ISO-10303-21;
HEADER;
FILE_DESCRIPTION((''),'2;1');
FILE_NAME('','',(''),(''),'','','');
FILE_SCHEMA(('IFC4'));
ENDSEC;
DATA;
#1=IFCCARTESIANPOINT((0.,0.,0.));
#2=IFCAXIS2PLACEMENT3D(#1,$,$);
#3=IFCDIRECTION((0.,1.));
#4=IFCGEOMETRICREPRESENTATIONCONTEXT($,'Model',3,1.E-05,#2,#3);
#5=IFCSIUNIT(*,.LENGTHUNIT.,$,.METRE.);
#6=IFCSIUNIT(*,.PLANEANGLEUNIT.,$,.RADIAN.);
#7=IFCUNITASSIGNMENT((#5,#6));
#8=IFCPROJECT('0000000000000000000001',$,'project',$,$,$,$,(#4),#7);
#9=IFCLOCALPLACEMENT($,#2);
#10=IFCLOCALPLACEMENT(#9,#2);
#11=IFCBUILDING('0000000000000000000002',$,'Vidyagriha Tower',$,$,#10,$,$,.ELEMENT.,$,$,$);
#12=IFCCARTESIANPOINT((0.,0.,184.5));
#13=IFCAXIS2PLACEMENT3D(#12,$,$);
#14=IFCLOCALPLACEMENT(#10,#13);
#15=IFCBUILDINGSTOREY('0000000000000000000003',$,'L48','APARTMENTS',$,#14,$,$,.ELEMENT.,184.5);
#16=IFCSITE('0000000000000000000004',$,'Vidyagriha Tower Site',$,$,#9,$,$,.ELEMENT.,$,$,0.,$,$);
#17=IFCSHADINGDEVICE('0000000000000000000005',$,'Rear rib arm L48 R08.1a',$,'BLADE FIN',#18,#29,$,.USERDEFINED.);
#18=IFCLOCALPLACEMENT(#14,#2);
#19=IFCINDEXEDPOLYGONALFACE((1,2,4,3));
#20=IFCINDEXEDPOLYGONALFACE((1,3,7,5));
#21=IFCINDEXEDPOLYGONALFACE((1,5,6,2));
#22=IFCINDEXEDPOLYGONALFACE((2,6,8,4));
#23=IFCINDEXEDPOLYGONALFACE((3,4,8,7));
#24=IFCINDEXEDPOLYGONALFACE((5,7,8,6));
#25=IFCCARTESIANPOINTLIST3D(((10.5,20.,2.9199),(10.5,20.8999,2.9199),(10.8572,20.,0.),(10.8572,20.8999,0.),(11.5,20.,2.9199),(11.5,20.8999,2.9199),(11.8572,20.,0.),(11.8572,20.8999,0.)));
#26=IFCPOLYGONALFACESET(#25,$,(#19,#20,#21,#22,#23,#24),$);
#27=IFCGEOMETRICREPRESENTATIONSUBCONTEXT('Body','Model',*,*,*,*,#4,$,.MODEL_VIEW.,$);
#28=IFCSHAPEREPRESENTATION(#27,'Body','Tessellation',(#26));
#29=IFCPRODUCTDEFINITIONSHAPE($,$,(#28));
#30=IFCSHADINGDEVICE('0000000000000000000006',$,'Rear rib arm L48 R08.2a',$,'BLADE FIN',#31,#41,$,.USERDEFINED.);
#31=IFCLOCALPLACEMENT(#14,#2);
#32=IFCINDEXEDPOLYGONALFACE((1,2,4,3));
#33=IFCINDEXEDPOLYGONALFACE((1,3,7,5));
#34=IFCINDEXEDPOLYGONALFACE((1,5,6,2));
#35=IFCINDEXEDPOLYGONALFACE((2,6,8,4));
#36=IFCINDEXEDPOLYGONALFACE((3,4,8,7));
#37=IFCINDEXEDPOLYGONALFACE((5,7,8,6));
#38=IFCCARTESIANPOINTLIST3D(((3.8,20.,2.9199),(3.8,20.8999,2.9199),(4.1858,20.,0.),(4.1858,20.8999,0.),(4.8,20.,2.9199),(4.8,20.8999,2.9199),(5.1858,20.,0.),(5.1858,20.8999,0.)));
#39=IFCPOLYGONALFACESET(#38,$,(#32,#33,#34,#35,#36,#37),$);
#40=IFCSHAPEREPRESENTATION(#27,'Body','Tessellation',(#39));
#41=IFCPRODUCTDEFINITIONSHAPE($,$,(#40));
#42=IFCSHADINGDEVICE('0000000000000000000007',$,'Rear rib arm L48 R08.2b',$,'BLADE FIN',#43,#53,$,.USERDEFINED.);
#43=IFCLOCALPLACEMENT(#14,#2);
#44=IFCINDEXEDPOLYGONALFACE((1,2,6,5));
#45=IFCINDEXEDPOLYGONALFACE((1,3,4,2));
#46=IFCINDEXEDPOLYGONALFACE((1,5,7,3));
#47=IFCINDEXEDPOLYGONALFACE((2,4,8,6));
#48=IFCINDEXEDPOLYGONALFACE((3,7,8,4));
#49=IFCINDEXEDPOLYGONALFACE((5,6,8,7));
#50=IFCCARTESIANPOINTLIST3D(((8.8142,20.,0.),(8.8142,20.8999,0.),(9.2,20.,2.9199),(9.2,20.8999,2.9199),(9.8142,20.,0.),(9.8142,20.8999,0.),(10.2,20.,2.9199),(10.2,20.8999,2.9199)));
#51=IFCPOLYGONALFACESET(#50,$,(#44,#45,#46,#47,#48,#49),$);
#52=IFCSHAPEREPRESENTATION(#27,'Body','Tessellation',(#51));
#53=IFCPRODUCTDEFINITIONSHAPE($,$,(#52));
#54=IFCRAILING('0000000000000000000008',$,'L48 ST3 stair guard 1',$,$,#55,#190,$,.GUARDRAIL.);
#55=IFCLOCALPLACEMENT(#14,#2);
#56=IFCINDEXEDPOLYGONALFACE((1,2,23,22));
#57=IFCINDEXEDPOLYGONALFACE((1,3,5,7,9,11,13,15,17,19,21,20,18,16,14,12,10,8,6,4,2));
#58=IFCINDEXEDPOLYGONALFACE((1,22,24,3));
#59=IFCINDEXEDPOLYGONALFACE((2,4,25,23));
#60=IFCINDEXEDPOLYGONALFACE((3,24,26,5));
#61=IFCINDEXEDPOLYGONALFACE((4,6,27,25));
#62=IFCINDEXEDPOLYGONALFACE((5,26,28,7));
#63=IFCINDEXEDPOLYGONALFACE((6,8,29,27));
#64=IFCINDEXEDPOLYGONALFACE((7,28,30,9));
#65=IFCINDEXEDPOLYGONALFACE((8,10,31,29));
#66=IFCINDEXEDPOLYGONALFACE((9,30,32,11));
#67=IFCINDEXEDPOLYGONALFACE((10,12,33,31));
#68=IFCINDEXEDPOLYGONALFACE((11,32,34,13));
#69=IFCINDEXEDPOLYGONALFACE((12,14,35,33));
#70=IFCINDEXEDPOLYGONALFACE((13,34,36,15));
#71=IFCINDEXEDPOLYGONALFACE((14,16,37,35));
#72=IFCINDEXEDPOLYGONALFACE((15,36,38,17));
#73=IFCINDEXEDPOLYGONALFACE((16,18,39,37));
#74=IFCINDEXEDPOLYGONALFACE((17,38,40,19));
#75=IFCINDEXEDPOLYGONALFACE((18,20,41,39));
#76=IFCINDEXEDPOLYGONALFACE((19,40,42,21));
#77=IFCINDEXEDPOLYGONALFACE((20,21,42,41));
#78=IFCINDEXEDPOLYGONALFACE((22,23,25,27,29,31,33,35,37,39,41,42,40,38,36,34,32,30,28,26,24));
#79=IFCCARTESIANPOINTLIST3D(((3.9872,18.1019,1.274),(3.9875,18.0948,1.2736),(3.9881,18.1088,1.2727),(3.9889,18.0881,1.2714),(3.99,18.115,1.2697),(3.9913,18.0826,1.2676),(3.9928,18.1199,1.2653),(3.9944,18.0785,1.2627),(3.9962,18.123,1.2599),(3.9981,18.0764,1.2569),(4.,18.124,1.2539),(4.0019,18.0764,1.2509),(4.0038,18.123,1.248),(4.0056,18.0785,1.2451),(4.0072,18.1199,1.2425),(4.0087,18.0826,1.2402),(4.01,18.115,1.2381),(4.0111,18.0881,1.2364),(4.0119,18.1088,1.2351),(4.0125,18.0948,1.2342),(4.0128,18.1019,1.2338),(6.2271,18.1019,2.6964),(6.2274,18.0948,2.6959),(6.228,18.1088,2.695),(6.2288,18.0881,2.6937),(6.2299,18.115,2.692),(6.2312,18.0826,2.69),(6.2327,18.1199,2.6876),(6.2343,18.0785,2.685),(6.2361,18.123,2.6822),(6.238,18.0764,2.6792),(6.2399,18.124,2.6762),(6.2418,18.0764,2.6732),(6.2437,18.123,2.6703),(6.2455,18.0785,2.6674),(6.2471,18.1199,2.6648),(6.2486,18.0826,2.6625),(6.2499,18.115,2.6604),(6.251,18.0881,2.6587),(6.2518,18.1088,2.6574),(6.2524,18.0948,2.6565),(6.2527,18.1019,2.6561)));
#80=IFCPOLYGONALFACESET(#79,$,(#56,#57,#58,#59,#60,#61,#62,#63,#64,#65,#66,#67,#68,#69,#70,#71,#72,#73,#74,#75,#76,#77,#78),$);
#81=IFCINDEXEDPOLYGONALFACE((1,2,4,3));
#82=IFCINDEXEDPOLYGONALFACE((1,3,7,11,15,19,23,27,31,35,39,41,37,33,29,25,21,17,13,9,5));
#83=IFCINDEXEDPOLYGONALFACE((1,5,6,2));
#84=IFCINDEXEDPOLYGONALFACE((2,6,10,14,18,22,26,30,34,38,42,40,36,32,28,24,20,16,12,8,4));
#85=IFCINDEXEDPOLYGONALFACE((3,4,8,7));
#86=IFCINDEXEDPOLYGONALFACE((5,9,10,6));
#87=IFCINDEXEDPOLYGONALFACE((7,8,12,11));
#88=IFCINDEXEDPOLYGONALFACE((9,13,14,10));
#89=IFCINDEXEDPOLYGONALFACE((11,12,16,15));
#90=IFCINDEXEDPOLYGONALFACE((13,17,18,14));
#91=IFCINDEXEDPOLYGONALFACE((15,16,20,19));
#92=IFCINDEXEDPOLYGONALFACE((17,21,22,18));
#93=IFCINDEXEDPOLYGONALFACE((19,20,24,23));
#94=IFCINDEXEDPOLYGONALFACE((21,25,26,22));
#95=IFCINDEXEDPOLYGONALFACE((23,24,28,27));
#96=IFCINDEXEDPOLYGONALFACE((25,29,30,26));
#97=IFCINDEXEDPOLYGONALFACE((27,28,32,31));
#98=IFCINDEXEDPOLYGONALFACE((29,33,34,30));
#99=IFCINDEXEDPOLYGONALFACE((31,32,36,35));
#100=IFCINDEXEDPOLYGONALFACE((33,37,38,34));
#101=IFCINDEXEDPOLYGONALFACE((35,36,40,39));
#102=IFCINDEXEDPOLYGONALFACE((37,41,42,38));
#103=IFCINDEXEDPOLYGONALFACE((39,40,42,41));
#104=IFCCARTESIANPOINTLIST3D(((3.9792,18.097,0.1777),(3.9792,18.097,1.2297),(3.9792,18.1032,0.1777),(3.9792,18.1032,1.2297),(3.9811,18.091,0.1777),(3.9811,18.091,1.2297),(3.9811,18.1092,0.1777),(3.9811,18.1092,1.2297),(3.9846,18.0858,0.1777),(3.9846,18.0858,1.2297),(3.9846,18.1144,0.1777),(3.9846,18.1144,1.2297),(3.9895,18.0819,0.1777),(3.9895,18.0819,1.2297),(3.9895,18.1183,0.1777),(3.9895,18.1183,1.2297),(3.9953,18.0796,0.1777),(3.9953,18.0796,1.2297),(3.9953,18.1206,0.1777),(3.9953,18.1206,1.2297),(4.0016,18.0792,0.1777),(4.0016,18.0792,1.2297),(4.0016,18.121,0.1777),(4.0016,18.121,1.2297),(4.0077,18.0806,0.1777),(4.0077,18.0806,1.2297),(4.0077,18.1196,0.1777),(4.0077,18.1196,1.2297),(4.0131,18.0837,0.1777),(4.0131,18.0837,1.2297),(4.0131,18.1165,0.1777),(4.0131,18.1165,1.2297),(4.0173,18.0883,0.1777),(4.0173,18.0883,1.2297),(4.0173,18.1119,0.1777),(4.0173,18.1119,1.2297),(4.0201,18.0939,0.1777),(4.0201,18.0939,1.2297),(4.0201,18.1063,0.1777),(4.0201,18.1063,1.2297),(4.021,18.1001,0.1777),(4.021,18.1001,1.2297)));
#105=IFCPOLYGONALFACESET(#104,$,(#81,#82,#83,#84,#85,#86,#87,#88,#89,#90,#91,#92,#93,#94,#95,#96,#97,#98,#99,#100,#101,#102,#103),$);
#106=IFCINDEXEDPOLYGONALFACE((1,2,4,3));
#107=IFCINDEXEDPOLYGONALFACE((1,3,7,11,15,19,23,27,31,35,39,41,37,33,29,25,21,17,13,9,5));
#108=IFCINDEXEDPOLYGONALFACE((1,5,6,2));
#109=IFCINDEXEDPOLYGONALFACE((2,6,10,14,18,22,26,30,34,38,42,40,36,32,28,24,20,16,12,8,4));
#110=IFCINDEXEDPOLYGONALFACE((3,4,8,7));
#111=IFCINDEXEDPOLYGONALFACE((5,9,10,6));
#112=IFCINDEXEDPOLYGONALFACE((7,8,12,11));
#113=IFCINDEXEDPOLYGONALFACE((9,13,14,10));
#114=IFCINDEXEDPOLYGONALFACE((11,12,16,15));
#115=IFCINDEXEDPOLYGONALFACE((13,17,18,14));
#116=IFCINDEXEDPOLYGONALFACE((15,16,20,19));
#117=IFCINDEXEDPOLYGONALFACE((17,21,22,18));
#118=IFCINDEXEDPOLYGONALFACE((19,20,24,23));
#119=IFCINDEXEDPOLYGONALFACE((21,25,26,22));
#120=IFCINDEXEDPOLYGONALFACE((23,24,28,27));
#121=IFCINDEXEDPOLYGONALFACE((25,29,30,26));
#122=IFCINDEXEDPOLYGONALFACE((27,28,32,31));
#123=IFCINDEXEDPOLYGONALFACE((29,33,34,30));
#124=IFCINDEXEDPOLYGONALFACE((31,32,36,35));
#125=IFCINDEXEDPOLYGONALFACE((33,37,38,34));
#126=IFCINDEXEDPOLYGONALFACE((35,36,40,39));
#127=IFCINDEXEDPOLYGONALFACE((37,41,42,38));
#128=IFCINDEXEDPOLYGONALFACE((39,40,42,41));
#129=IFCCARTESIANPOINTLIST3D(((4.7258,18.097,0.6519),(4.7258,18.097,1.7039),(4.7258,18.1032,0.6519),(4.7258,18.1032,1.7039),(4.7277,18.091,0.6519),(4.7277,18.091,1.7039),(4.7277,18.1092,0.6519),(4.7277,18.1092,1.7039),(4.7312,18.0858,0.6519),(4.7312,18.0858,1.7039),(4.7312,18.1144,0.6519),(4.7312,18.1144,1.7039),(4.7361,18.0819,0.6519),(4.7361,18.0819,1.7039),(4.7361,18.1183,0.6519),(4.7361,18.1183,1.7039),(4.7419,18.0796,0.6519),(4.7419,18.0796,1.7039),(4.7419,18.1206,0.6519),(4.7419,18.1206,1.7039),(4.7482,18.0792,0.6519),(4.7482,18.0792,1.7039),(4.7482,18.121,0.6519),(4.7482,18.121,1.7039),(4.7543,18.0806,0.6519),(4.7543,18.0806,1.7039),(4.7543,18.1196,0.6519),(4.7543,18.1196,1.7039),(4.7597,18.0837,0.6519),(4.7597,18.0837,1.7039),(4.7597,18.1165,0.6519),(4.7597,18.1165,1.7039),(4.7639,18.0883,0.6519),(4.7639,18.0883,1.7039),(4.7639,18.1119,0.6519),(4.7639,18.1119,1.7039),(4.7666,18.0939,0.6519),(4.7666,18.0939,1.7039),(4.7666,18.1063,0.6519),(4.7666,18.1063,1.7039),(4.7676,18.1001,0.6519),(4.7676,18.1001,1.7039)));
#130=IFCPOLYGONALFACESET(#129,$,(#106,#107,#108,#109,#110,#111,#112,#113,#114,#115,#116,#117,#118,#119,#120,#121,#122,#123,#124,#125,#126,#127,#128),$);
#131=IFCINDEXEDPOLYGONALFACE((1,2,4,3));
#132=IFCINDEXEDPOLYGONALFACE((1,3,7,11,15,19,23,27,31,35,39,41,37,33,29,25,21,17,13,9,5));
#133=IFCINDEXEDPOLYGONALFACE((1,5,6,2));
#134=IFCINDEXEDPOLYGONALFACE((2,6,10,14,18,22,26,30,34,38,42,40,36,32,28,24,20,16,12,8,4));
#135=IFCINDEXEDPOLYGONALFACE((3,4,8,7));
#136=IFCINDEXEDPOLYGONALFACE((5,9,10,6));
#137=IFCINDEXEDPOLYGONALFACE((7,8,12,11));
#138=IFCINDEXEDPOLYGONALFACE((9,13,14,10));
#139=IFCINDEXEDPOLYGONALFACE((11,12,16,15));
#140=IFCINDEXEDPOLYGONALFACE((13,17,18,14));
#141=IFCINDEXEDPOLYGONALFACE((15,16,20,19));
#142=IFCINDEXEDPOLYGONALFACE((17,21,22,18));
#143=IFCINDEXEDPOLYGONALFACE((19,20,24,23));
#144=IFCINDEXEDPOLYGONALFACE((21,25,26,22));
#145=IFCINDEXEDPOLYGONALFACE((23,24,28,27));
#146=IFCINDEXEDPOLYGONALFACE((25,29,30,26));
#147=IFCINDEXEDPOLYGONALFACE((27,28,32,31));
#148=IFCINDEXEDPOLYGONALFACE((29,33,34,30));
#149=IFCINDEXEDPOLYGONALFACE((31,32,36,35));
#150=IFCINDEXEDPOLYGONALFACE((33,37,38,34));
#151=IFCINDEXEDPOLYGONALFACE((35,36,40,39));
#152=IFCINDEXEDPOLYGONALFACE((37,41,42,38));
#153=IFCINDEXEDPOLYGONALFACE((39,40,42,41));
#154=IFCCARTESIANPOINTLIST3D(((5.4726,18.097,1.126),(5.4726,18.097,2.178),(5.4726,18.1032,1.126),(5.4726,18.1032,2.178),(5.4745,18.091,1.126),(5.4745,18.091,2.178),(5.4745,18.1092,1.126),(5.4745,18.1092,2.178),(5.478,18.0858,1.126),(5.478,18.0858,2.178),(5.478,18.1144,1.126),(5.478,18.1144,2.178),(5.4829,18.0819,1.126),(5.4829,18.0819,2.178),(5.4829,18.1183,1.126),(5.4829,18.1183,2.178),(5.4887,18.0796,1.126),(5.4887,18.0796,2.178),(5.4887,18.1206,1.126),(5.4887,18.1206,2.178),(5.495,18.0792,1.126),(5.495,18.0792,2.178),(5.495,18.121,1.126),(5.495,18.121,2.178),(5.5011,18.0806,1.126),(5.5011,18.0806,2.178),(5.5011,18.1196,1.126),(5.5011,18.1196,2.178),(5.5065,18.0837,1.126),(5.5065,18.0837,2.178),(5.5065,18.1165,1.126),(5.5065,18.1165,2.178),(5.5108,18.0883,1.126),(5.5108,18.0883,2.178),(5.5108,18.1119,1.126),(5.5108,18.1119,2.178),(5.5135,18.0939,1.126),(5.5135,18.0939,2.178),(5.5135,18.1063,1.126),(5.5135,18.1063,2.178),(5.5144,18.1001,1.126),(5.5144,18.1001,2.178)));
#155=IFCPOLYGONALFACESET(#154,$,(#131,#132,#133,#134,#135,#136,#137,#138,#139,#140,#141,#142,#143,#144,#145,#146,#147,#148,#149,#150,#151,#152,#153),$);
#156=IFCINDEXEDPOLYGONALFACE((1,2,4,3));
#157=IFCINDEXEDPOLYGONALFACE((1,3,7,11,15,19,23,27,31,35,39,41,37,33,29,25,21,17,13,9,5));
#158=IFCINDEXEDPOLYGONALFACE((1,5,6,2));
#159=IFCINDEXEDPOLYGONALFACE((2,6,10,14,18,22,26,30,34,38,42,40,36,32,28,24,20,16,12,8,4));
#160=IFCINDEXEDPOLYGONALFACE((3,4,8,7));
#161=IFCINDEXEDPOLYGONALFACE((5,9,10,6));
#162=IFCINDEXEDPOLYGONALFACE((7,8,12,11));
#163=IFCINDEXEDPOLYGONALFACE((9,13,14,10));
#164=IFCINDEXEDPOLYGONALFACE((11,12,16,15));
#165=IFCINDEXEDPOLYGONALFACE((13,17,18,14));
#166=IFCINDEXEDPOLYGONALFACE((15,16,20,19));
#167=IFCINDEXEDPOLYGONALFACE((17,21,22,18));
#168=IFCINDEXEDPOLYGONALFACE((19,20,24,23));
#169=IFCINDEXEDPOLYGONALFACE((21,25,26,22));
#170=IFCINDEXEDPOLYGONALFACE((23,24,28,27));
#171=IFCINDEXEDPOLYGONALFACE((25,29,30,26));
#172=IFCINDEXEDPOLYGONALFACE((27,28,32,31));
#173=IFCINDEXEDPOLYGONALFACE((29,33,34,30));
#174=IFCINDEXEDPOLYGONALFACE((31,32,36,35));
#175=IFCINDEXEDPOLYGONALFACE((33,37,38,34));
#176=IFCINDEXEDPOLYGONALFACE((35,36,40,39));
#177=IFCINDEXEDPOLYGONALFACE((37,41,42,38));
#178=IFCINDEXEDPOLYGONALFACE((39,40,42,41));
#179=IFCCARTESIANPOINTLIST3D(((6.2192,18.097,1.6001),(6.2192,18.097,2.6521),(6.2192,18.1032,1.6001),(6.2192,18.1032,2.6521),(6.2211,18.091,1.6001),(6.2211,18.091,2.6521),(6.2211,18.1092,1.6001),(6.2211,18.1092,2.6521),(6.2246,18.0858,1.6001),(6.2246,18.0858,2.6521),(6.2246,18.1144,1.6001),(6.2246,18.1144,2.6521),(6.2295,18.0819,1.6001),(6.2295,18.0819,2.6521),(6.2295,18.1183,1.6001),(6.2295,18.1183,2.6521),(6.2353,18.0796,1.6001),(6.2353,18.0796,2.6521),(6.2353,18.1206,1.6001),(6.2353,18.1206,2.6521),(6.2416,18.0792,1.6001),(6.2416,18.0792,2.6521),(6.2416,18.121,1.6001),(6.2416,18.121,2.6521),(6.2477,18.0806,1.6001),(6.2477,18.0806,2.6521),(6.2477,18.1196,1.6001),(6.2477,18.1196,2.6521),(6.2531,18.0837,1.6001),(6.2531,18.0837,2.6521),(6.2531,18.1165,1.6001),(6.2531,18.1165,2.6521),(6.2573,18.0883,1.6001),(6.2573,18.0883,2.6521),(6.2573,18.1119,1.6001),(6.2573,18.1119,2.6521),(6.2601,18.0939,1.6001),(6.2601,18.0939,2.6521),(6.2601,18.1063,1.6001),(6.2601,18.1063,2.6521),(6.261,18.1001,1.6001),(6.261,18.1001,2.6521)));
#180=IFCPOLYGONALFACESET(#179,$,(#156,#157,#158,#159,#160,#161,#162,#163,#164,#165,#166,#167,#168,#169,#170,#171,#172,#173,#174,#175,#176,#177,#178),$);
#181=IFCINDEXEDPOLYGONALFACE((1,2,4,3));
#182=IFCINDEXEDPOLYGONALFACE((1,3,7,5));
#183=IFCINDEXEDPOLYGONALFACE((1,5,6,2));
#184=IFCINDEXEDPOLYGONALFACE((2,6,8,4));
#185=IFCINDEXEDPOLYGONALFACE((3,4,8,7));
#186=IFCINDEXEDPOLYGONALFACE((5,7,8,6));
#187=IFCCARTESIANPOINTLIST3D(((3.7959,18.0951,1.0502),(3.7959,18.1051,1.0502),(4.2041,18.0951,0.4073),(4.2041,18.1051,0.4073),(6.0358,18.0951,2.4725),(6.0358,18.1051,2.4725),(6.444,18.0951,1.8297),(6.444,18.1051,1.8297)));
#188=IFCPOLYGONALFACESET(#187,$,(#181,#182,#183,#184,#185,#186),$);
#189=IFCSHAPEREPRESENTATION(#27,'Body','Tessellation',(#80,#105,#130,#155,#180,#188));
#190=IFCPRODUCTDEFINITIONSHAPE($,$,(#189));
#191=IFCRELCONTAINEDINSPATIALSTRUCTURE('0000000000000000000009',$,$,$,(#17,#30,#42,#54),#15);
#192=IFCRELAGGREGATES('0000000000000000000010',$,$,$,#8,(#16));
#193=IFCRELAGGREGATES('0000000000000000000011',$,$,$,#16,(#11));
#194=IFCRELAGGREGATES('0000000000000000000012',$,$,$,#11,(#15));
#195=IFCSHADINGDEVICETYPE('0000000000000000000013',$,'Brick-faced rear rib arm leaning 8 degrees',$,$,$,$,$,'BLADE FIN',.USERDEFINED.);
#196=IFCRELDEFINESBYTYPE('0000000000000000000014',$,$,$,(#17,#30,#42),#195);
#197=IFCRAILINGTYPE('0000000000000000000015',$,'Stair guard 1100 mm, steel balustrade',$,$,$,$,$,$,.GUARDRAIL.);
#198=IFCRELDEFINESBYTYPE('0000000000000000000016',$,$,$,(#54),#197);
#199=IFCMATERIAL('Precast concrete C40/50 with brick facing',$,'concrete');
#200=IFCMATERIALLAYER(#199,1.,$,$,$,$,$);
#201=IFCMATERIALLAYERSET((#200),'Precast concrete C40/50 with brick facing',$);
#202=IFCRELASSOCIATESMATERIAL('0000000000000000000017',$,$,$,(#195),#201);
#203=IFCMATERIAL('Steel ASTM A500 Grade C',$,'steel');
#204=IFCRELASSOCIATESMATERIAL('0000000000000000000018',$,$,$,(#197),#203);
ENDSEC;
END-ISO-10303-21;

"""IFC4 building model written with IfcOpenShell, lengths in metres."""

from ifc_helpers import new_model, si_unit, direction, frame, origin, origin_2d, place, context, subcontext, project, spatial, polyline, rectangle, circle, outline, extrude, material, layer, layer_set, type_object, element, save


model = new_model("IFC4")

# Units and contexts
model_context = context("Model", 3, precision=1e-05, world=origin(), true_north=direction((0.0, 1.0)))
body_context = subcontext(model_context, "Body", "Model", "MODEL_VIEW")
ifc_project = project(units=[si_unit("LENGTHUNIT", "METRE"), si_unit("PLANEANGLEUNIT", "RADIAN")], contexts=[model_context])

# Site, building, storey
site_placement = place(None, origin())
site = spatial("IfcSite", under=ifc_project, at=site_placement, Name="Vidyagriha Tower Site", CompositionType="ELEMENT", RefElevation=0.0)
building_placement = place(site_placement, origin())
building = spatial("IfcBuilding", under=site, at=building_placement, Name="Vidyagriha Tower", CompositionType="ELEMENT")
storey_placement = place(building_placement, frame((0.0, 0.0, 184.5)))
storey = spatial("IfcBuildingStorey", under=building, at=storey_placement, Name="L48", Description="APARTMENTS", CompositionType="ELEMENT", Elevation=184.5)

# Shading devices
ifc_material_1 = material(Name="Precast concrete C40/50 with brick facing", Category="concrete")
ifc_layer_1 = layer(ifc_material_1, 1.0)
ifc_layer_set_1 = layer_set([ifc_layer_1], Name="Precast concrete C40/50 with brick facing")
shading_device_type = type_object("IfcShadingDeviceType", Name="Brick-faced rear rib arm leaning 8 degrees", ElementType="BLADE FIN", PredefinedType="USERDEFINED", material=ifc_layer_set_1)
shading_device_1_placement = place(storey_placement, frame((11.8572, 20.45, 0.0), z_axis=(0.0, 0.0, 1.0), x_axis=(-1.0, 0.0, 0.0)))
element("IfcShadingDevice", 1, at=shading_device_1_placement, inside=storey, type_object=shading_device_type, Name="Rear rib arm L48 R08.1a", ObjectType="BLADE FIN", PredefinedType="USERDEFINED", context=body_context, shape_type="SweptSolid", body=[
    extrude(outline(polyline([(0.0, 0.0), (1.0, 0.0), (1.3572, 2.9199), (0.3572, 2.9199), (0.0, 0.0)])), frame((0.0, 0.45, 0.0), z_axis=(0.0, -1.0, 0.0), x_axis=(1.0, 0.0, 0.0)), (0.0, 0.0, 1.0), 0.8999),
])
shading_device_2_placement = place(storey_placement, frame((5.1858, 20.45, 0.0), z_axis=(0.0, 0.0, 1.0), x_axis=(-1.0, 0.0, 0.0)))
element("IfcShadingDevice", 2, at=shading_device_2_placement, inside=storey, type_object=shading_device_type, Name="Rear rib arm L48 R08.2a", ObjectType="BLADE FIN", PredefinedType="USERDEFINED", context=body_context, shape_type="SweptSolid", body=[
    extrude(outline(polyline([(0.0, 0.0), (1.0, 0.0), (1.3857, 2.9199), (0.3857, 2.9199), (0.0, 0.0)])), frame((0.0, 0.45, 0.0), z_axis=(0.0, -1.0, 0.0), x_axis=(1.0, 0.0, 0.0)), (0.0, 0.0, 1.0), 0.8999),
])
shading_device_3_placement = place(storey_placement, frame((10.2, 20.45, 0.0), z_axis=(0.0, 0.0, 1.0), x_axis=(-1.0, 0.0, 0.0)))
element("IfcShadingDevice", 3, at=shading_device_3_placement, inside=storey, type_object=shading_device_type, Name="Rear rib arm L48 R08.2b", ObjectType="BLADE FIN", PredefinedType="USERDEFINED", context=body_context, shape_type="SweptSolid", body=[
    extrude(outline(polyline([(0.3857, 0.0), (1.3857, 0.0), (1.0, 2.9199), (0.0, 2.9199), (0.3857, 0.0)])), frame((0.0, 0.45, 0.0), z_axis=(0.0, -1.0, 0.0), x_axis=(1.0, 0.0, 0.0)), (0.0, 0.0, 1.0), 0.8999),
])

# Railing
ifc_material_2 = material(Name="Steel ASTM A500 Grade C", Category="steel")
railing_type_1 = type_object("IfcRailingType", Name="Stair guard 1100 mm, steel balustrade", PredefinedType="GUARDRAIL", material=ifc_material_2)
railing_1_placement = place(storey_placement, frame((4.0, 18.1001, 0.1777)))
element("IfcRailing", 4, at=railing_1_placement, inside=storey, type_object=railing_type_1, Name="L48 ST3 stair guard 1", PredefinedType="GUARDRAIL", context=body_context, shape_type="SweptSolid", body=[
    extrude(circle(Radius=0.0239, at=origin_2d()), frame((0.0, 0.0, 1.0762), z_axis=(0.844188, 0.0, 0.536048), x_axis=(0.0, 1.0, 0.0)), (0.0, 0.0, 1.0), 2.6533),
    extrude(circle(Radius=0.021, at=origin_2d()), origin(), (0.0, 0.0, 1.0), 1.052),
    extrude(circle(Radius=0.021, at=origin_2d()), frame((0.7466, 0.0, 0.4741)), (0.0, 0.0, 1.0), 1.052),
    extrude(circle(Radius=0.021, at=origin_2d()), frame((1.4934, 0.0, 0.9482)), (0.0, 0.0, 1.0), 1.052),
    extrude(circle(Radius=0.021, at=origin_2d()), frame((2.24, 0.0, 1.4224)), (0.0, 0.0, 1.0), 1.052),
    extrude(rectangle(XDim=0.01, YDim=0.7615, at=origin_2d()), frame((0.0, 0.0, 0.551), z_axis=(0.844188, 0.0, 0.536048), x_axis=(0.0, 1.0, 0.0)), (0.0, 0.0, 1.0), 2.6533),
])

save(model, "model.ifc")
